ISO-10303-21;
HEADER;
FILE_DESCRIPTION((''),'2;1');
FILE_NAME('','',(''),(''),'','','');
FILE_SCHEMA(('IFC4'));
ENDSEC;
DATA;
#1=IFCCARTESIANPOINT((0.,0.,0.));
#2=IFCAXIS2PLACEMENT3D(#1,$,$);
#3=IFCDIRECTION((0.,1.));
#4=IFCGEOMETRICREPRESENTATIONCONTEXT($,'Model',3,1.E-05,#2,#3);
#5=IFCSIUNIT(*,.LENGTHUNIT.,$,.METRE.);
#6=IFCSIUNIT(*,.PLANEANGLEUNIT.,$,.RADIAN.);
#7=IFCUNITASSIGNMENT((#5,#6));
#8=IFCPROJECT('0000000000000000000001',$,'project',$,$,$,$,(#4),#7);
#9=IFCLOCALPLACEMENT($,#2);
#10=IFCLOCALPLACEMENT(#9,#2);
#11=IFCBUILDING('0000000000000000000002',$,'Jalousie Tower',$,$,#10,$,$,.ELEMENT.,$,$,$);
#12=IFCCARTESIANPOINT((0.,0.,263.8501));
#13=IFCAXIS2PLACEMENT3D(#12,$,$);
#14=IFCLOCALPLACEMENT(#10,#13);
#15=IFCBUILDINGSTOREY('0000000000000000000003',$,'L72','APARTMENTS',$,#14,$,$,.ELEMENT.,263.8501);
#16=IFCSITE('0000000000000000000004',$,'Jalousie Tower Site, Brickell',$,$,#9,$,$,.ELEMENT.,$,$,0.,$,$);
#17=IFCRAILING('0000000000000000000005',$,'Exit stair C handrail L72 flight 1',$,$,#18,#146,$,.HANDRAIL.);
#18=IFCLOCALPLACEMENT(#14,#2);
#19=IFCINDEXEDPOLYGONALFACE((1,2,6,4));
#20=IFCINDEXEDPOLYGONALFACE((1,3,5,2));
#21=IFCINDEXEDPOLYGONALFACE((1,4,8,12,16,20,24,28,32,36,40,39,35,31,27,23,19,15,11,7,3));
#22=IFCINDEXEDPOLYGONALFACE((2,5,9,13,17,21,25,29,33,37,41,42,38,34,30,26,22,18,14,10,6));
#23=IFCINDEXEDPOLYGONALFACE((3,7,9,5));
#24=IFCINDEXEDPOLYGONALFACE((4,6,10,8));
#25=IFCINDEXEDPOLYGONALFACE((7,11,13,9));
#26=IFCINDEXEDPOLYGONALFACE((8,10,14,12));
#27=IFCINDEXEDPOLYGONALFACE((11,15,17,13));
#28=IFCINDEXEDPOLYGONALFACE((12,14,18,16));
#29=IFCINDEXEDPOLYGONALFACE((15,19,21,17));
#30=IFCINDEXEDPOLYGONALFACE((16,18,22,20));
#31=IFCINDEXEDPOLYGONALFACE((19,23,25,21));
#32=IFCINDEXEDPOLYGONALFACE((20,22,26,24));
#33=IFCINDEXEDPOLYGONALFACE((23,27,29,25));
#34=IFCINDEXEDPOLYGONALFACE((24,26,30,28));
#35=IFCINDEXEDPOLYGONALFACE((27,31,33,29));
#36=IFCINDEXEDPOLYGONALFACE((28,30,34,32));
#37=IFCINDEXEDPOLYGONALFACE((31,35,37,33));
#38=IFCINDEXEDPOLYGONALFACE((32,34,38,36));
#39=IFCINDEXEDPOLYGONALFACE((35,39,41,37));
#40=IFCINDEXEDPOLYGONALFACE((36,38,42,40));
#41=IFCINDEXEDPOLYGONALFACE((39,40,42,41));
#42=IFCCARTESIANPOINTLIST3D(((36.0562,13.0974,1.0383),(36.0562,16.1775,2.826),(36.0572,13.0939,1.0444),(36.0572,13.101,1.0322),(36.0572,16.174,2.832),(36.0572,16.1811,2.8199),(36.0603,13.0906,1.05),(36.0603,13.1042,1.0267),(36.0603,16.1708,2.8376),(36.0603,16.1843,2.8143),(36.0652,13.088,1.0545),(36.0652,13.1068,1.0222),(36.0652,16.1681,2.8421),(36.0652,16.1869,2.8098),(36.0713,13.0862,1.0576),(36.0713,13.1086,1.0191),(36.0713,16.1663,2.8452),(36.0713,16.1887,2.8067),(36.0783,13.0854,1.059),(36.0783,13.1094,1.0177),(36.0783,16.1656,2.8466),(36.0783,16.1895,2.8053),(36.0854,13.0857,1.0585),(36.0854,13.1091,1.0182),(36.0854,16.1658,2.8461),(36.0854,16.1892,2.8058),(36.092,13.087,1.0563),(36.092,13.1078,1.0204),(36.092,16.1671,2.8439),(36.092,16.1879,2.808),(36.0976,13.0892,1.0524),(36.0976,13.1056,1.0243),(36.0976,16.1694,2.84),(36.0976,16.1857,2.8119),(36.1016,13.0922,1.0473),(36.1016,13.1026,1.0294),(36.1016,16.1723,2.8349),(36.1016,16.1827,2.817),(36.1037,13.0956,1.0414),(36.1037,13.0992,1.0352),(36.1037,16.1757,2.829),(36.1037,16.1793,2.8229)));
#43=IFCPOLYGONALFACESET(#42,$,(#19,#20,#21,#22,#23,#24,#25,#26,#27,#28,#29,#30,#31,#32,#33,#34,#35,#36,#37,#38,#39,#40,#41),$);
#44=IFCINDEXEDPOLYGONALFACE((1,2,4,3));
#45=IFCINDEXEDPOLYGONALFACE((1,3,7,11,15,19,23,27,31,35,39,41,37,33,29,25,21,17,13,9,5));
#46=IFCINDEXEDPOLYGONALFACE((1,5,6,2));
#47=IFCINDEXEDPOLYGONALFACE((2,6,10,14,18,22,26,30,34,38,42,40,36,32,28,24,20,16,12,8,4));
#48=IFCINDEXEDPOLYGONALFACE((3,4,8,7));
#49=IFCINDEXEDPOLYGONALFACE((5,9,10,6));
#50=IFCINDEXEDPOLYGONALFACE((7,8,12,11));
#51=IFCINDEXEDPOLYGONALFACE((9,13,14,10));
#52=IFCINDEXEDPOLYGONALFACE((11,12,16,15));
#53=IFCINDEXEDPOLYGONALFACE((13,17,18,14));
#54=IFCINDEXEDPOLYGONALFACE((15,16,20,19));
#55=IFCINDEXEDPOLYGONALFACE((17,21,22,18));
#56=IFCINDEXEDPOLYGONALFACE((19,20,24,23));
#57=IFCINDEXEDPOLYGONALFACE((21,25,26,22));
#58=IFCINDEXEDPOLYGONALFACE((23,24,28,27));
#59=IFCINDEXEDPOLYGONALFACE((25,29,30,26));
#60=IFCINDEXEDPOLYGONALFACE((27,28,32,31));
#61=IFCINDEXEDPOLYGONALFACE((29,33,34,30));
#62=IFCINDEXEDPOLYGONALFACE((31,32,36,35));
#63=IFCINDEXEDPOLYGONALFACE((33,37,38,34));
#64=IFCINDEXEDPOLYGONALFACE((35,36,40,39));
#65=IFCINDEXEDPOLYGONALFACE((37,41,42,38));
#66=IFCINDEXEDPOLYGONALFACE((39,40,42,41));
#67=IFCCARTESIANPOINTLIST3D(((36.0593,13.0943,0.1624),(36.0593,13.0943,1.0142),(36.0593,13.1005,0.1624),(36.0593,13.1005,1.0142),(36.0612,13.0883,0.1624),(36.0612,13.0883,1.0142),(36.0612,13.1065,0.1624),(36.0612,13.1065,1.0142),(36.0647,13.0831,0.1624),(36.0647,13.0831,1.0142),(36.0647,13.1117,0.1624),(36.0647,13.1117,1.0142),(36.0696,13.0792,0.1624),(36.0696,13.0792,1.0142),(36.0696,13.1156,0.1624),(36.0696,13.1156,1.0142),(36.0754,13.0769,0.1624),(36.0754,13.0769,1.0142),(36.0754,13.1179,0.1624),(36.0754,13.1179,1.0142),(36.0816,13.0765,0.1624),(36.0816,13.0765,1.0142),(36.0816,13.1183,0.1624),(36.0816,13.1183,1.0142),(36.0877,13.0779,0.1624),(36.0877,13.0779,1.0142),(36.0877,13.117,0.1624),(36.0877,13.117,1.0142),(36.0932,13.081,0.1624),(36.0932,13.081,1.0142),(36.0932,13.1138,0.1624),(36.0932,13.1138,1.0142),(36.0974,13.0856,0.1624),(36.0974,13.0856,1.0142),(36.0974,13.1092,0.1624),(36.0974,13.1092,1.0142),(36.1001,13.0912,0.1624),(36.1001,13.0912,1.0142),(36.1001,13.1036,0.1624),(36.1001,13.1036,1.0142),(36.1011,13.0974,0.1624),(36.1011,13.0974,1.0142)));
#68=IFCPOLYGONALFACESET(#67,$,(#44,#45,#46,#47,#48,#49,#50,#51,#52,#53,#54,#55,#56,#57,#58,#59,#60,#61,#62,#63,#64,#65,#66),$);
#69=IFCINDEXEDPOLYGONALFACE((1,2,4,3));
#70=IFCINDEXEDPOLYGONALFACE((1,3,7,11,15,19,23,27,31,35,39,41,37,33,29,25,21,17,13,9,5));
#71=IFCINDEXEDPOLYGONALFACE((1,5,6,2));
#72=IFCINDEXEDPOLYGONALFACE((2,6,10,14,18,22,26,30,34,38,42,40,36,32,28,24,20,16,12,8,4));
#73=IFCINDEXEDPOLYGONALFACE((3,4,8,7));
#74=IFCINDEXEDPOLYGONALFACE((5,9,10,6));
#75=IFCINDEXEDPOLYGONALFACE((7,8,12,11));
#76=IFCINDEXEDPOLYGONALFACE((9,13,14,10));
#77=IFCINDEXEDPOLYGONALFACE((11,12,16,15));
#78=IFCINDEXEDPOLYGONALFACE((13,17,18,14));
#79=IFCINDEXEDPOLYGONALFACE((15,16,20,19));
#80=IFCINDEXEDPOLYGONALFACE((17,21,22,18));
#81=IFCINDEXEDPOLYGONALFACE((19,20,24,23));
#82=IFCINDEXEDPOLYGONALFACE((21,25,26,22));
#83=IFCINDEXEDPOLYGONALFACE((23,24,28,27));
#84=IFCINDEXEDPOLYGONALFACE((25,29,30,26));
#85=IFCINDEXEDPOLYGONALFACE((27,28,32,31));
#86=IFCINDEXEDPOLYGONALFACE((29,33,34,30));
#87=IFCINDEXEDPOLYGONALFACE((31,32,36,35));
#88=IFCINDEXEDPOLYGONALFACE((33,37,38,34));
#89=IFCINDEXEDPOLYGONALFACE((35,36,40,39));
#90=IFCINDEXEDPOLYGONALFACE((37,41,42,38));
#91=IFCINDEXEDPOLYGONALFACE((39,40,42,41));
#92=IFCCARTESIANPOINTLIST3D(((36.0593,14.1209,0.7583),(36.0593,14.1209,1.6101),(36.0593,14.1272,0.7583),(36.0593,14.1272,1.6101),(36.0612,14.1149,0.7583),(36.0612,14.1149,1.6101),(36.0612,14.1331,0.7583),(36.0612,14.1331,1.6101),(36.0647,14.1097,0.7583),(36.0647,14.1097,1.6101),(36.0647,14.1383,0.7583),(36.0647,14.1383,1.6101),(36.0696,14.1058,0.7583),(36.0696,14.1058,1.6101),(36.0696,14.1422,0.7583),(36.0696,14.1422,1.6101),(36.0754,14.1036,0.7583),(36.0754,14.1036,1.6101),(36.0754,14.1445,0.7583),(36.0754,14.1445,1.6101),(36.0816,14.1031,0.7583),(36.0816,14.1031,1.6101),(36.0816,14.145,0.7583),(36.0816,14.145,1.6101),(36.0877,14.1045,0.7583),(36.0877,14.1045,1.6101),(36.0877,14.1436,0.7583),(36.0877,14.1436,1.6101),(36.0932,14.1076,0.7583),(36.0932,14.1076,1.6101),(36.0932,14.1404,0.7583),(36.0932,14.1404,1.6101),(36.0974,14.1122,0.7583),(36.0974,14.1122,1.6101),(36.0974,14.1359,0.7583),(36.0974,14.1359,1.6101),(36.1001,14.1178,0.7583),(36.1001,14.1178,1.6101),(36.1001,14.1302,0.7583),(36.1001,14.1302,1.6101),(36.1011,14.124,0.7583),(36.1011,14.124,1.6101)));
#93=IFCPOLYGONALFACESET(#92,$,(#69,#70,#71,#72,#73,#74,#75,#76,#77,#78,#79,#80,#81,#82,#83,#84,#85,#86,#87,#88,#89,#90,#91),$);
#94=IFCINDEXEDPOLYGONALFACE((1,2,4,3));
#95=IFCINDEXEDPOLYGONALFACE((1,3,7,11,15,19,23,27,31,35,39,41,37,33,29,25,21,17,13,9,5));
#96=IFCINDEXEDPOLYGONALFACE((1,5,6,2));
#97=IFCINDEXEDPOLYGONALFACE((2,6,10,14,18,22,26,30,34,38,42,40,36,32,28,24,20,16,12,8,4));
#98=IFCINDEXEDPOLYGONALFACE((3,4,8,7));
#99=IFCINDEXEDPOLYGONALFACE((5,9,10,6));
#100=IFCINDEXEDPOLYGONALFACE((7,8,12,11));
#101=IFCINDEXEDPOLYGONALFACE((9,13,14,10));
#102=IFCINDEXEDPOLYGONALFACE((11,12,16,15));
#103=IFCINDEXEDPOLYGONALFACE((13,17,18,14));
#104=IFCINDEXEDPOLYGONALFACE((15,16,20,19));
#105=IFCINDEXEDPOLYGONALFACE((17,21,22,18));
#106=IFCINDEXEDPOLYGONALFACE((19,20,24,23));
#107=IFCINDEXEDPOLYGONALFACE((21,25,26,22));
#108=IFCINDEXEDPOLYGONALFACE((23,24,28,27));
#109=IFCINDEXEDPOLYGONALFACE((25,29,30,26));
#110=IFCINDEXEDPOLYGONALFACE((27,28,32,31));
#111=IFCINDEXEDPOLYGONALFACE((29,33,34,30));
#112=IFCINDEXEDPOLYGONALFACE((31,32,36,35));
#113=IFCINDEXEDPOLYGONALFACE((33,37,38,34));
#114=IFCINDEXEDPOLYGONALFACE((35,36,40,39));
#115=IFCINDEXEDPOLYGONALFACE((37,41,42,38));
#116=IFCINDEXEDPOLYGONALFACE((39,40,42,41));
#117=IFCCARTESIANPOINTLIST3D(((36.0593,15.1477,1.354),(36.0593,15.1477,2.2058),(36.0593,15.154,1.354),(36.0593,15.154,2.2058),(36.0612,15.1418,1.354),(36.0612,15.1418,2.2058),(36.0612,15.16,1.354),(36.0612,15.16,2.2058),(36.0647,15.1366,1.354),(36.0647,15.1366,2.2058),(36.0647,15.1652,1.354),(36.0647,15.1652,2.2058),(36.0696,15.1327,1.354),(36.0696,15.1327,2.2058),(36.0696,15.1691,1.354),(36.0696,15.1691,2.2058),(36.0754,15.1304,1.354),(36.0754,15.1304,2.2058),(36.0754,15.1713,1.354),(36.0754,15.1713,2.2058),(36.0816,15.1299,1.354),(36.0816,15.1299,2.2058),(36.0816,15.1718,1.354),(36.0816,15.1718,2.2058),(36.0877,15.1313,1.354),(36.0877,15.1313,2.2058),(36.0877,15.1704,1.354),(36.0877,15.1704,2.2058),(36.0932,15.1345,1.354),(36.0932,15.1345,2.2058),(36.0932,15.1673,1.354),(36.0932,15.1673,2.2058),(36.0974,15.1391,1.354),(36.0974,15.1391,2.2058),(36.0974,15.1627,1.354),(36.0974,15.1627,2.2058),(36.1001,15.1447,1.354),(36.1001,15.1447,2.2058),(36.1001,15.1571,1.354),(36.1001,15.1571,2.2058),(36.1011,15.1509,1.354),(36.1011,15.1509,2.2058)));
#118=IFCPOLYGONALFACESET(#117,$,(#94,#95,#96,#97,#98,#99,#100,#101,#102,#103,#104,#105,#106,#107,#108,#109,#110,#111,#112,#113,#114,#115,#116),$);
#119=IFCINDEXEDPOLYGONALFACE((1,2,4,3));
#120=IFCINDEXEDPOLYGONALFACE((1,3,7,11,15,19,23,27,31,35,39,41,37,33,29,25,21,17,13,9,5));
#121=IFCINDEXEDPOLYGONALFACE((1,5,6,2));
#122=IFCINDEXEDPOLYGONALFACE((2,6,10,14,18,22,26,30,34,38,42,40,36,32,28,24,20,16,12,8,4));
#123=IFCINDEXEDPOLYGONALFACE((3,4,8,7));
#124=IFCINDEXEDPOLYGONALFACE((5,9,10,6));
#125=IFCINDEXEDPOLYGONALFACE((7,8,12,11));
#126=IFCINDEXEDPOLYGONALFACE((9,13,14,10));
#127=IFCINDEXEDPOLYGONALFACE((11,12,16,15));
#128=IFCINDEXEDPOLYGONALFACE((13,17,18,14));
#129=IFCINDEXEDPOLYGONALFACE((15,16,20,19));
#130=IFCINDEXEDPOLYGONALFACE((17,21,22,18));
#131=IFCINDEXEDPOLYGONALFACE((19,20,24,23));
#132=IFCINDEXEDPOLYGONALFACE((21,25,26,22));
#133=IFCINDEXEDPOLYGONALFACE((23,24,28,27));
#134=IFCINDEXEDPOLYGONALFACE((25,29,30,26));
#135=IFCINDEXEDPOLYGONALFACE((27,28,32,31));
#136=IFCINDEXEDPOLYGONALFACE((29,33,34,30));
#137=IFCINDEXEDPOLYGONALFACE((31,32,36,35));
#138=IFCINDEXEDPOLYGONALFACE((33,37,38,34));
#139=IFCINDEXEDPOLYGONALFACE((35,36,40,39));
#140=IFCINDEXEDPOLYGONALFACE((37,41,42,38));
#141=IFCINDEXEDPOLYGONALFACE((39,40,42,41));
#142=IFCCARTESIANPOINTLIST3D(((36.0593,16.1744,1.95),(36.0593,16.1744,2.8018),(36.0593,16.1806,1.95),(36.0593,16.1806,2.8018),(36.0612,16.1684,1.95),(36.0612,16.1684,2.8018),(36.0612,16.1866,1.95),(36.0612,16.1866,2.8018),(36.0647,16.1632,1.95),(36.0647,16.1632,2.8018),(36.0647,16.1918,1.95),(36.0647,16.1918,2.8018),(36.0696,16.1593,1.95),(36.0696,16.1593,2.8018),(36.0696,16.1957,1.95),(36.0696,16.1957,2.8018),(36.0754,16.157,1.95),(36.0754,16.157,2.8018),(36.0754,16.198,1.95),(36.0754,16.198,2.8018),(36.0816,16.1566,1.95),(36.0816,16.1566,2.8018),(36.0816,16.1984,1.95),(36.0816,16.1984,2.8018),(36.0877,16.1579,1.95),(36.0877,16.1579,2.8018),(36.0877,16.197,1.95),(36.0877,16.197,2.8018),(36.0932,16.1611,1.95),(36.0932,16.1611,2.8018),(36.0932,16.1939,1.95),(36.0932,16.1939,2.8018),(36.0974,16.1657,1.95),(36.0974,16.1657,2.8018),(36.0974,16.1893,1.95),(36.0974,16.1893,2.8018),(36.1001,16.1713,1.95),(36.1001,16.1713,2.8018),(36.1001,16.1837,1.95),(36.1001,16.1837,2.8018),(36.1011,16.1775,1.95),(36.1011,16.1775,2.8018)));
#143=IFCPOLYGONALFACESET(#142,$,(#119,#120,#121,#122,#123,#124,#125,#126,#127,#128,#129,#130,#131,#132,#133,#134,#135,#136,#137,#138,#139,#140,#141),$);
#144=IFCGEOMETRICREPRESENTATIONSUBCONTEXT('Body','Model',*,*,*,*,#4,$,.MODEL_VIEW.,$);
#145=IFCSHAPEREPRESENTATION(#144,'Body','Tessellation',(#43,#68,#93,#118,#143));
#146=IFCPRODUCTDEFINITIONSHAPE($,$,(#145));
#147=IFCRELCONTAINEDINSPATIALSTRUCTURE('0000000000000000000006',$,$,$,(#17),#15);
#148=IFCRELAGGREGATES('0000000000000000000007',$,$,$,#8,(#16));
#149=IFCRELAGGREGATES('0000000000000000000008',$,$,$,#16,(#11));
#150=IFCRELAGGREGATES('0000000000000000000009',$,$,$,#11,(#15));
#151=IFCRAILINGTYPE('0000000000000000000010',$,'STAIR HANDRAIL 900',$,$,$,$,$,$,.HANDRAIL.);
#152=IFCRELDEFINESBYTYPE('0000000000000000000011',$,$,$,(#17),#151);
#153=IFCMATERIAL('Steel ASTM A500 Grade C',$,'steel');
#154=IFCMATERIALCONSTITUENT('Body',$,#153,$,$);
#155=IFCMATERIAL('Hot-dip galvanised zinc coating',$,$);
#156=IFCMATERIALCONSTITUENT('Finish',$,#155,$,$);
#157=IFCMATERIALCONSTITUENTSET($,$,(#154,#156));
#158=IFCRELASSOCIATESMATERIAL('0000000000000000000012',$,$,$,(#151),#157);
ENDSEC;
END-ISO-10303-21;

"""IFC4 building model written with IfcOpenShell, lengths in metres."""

from ifc_helpers import new_model, si_unit, direction, frame, origin, origin_2d, place, context, subcontext, project, spatial, circle, extrude, material, constituent, constituent_set, type_object, element, save


model = new_model("IFC4")

# Units and contexts
model_context = context("Model", 3, precision=1e-05, world=origin(), true_north=direction((0.0, 1.0)))
body_context = subcontext(model_context, "Body", "Model", "MODEL_VIEW")
ifc_project = project(units=[si_unit("LENGTHUNIT", "METRE"), si_unit("PLANEANGLEUNIT", "RADIAN")], contexts=[model_context])

# Site, building, storey
site_placement = place(None, origin())
site = spatial("IfcSite", under=ifc_project, at=site_placement, Name="Jalousie Tower Site, Brickell", CompositionType="ELEMENT", RefElevation=0.0)
building_placement = place(site_placement, origin())
building = spatial("IfcBuilding", under=site, at=building_placement, Name="Jalousie Tower", CompositionType="ELEMENT")
storey_placement = place(building_placement, frame((0.0, 0.0, 263.8501)))
storey = spatial("IfcBuildingStorey", under=building, at=storey_placement, Name="L72", Description="APARTMENTS", CompositionType="ELEMENT", Elevation=263.8501)

# Railing
ifc_material_1 = material(Name="Steel ASTM A500 Grade C", Category="steel")
ifc_constituent_1 = constituent(ifc_material_1, Name="Body")
ifc_material_2 = material(Name="Hot-dip galvanised zinc coating")
ifc_constituent_2 = constituent(ifc_material_2, Name="Finish")
ifc_constituent_set_1 = constituent_set(constituents=[ifc_constituent_1, ifc_constituent_2])
railing_type = type_object("IfcRailingType", Name="STAIR HANDRAIL 900", PredefinedType="HANDRAIL", material=ifc_constituent_set_1)
railing_1_placement = place(storey_placement, frame((36.0801, 13.0974, 0.1624)))
element("IfcRailing", 1, at=railing_1_placement, inside=storey, type_object=railing_type, Name="Exit stair C handrail L72 flight 1", PredefinedType="HANDRAIL", context=body_context, shape_type="SweptSolid", body=[
    extrude(circle(Radius=0.0239, at=origin_2d()), frame((0.0, 0.0, 0.876), z_axis=(0.0, 0.864891, 0.50196), x_axis=(-1.0, 0.0, 0.0)), (0.0, 0.0, 1.0), 3.5613),
    extrude(circle(Radius=0.021, at=origin_2d()), origin(), (0.0, 0.0, 1.0), 0.8518),
    extrude(circle(Radius=0.021, at=origin_2d()), frame((0.0, 1.0266, 0.5959)), (0.0, 0.0, 1.0), 0.8518),
    extrude(circle(Radius=0.021, at=origin_2d()), frame((0.0, 2.0535, 1.1917)), (0.0, 0.0, 1.0), 0.8518),
    extrude(circle(Radius=0.021, at=origin_2d()), frame((0.0, 3.0801, 1.7876)), (0.0, 0.0, 1.0), 0.8518),
])

save(model, "model.ifc")
